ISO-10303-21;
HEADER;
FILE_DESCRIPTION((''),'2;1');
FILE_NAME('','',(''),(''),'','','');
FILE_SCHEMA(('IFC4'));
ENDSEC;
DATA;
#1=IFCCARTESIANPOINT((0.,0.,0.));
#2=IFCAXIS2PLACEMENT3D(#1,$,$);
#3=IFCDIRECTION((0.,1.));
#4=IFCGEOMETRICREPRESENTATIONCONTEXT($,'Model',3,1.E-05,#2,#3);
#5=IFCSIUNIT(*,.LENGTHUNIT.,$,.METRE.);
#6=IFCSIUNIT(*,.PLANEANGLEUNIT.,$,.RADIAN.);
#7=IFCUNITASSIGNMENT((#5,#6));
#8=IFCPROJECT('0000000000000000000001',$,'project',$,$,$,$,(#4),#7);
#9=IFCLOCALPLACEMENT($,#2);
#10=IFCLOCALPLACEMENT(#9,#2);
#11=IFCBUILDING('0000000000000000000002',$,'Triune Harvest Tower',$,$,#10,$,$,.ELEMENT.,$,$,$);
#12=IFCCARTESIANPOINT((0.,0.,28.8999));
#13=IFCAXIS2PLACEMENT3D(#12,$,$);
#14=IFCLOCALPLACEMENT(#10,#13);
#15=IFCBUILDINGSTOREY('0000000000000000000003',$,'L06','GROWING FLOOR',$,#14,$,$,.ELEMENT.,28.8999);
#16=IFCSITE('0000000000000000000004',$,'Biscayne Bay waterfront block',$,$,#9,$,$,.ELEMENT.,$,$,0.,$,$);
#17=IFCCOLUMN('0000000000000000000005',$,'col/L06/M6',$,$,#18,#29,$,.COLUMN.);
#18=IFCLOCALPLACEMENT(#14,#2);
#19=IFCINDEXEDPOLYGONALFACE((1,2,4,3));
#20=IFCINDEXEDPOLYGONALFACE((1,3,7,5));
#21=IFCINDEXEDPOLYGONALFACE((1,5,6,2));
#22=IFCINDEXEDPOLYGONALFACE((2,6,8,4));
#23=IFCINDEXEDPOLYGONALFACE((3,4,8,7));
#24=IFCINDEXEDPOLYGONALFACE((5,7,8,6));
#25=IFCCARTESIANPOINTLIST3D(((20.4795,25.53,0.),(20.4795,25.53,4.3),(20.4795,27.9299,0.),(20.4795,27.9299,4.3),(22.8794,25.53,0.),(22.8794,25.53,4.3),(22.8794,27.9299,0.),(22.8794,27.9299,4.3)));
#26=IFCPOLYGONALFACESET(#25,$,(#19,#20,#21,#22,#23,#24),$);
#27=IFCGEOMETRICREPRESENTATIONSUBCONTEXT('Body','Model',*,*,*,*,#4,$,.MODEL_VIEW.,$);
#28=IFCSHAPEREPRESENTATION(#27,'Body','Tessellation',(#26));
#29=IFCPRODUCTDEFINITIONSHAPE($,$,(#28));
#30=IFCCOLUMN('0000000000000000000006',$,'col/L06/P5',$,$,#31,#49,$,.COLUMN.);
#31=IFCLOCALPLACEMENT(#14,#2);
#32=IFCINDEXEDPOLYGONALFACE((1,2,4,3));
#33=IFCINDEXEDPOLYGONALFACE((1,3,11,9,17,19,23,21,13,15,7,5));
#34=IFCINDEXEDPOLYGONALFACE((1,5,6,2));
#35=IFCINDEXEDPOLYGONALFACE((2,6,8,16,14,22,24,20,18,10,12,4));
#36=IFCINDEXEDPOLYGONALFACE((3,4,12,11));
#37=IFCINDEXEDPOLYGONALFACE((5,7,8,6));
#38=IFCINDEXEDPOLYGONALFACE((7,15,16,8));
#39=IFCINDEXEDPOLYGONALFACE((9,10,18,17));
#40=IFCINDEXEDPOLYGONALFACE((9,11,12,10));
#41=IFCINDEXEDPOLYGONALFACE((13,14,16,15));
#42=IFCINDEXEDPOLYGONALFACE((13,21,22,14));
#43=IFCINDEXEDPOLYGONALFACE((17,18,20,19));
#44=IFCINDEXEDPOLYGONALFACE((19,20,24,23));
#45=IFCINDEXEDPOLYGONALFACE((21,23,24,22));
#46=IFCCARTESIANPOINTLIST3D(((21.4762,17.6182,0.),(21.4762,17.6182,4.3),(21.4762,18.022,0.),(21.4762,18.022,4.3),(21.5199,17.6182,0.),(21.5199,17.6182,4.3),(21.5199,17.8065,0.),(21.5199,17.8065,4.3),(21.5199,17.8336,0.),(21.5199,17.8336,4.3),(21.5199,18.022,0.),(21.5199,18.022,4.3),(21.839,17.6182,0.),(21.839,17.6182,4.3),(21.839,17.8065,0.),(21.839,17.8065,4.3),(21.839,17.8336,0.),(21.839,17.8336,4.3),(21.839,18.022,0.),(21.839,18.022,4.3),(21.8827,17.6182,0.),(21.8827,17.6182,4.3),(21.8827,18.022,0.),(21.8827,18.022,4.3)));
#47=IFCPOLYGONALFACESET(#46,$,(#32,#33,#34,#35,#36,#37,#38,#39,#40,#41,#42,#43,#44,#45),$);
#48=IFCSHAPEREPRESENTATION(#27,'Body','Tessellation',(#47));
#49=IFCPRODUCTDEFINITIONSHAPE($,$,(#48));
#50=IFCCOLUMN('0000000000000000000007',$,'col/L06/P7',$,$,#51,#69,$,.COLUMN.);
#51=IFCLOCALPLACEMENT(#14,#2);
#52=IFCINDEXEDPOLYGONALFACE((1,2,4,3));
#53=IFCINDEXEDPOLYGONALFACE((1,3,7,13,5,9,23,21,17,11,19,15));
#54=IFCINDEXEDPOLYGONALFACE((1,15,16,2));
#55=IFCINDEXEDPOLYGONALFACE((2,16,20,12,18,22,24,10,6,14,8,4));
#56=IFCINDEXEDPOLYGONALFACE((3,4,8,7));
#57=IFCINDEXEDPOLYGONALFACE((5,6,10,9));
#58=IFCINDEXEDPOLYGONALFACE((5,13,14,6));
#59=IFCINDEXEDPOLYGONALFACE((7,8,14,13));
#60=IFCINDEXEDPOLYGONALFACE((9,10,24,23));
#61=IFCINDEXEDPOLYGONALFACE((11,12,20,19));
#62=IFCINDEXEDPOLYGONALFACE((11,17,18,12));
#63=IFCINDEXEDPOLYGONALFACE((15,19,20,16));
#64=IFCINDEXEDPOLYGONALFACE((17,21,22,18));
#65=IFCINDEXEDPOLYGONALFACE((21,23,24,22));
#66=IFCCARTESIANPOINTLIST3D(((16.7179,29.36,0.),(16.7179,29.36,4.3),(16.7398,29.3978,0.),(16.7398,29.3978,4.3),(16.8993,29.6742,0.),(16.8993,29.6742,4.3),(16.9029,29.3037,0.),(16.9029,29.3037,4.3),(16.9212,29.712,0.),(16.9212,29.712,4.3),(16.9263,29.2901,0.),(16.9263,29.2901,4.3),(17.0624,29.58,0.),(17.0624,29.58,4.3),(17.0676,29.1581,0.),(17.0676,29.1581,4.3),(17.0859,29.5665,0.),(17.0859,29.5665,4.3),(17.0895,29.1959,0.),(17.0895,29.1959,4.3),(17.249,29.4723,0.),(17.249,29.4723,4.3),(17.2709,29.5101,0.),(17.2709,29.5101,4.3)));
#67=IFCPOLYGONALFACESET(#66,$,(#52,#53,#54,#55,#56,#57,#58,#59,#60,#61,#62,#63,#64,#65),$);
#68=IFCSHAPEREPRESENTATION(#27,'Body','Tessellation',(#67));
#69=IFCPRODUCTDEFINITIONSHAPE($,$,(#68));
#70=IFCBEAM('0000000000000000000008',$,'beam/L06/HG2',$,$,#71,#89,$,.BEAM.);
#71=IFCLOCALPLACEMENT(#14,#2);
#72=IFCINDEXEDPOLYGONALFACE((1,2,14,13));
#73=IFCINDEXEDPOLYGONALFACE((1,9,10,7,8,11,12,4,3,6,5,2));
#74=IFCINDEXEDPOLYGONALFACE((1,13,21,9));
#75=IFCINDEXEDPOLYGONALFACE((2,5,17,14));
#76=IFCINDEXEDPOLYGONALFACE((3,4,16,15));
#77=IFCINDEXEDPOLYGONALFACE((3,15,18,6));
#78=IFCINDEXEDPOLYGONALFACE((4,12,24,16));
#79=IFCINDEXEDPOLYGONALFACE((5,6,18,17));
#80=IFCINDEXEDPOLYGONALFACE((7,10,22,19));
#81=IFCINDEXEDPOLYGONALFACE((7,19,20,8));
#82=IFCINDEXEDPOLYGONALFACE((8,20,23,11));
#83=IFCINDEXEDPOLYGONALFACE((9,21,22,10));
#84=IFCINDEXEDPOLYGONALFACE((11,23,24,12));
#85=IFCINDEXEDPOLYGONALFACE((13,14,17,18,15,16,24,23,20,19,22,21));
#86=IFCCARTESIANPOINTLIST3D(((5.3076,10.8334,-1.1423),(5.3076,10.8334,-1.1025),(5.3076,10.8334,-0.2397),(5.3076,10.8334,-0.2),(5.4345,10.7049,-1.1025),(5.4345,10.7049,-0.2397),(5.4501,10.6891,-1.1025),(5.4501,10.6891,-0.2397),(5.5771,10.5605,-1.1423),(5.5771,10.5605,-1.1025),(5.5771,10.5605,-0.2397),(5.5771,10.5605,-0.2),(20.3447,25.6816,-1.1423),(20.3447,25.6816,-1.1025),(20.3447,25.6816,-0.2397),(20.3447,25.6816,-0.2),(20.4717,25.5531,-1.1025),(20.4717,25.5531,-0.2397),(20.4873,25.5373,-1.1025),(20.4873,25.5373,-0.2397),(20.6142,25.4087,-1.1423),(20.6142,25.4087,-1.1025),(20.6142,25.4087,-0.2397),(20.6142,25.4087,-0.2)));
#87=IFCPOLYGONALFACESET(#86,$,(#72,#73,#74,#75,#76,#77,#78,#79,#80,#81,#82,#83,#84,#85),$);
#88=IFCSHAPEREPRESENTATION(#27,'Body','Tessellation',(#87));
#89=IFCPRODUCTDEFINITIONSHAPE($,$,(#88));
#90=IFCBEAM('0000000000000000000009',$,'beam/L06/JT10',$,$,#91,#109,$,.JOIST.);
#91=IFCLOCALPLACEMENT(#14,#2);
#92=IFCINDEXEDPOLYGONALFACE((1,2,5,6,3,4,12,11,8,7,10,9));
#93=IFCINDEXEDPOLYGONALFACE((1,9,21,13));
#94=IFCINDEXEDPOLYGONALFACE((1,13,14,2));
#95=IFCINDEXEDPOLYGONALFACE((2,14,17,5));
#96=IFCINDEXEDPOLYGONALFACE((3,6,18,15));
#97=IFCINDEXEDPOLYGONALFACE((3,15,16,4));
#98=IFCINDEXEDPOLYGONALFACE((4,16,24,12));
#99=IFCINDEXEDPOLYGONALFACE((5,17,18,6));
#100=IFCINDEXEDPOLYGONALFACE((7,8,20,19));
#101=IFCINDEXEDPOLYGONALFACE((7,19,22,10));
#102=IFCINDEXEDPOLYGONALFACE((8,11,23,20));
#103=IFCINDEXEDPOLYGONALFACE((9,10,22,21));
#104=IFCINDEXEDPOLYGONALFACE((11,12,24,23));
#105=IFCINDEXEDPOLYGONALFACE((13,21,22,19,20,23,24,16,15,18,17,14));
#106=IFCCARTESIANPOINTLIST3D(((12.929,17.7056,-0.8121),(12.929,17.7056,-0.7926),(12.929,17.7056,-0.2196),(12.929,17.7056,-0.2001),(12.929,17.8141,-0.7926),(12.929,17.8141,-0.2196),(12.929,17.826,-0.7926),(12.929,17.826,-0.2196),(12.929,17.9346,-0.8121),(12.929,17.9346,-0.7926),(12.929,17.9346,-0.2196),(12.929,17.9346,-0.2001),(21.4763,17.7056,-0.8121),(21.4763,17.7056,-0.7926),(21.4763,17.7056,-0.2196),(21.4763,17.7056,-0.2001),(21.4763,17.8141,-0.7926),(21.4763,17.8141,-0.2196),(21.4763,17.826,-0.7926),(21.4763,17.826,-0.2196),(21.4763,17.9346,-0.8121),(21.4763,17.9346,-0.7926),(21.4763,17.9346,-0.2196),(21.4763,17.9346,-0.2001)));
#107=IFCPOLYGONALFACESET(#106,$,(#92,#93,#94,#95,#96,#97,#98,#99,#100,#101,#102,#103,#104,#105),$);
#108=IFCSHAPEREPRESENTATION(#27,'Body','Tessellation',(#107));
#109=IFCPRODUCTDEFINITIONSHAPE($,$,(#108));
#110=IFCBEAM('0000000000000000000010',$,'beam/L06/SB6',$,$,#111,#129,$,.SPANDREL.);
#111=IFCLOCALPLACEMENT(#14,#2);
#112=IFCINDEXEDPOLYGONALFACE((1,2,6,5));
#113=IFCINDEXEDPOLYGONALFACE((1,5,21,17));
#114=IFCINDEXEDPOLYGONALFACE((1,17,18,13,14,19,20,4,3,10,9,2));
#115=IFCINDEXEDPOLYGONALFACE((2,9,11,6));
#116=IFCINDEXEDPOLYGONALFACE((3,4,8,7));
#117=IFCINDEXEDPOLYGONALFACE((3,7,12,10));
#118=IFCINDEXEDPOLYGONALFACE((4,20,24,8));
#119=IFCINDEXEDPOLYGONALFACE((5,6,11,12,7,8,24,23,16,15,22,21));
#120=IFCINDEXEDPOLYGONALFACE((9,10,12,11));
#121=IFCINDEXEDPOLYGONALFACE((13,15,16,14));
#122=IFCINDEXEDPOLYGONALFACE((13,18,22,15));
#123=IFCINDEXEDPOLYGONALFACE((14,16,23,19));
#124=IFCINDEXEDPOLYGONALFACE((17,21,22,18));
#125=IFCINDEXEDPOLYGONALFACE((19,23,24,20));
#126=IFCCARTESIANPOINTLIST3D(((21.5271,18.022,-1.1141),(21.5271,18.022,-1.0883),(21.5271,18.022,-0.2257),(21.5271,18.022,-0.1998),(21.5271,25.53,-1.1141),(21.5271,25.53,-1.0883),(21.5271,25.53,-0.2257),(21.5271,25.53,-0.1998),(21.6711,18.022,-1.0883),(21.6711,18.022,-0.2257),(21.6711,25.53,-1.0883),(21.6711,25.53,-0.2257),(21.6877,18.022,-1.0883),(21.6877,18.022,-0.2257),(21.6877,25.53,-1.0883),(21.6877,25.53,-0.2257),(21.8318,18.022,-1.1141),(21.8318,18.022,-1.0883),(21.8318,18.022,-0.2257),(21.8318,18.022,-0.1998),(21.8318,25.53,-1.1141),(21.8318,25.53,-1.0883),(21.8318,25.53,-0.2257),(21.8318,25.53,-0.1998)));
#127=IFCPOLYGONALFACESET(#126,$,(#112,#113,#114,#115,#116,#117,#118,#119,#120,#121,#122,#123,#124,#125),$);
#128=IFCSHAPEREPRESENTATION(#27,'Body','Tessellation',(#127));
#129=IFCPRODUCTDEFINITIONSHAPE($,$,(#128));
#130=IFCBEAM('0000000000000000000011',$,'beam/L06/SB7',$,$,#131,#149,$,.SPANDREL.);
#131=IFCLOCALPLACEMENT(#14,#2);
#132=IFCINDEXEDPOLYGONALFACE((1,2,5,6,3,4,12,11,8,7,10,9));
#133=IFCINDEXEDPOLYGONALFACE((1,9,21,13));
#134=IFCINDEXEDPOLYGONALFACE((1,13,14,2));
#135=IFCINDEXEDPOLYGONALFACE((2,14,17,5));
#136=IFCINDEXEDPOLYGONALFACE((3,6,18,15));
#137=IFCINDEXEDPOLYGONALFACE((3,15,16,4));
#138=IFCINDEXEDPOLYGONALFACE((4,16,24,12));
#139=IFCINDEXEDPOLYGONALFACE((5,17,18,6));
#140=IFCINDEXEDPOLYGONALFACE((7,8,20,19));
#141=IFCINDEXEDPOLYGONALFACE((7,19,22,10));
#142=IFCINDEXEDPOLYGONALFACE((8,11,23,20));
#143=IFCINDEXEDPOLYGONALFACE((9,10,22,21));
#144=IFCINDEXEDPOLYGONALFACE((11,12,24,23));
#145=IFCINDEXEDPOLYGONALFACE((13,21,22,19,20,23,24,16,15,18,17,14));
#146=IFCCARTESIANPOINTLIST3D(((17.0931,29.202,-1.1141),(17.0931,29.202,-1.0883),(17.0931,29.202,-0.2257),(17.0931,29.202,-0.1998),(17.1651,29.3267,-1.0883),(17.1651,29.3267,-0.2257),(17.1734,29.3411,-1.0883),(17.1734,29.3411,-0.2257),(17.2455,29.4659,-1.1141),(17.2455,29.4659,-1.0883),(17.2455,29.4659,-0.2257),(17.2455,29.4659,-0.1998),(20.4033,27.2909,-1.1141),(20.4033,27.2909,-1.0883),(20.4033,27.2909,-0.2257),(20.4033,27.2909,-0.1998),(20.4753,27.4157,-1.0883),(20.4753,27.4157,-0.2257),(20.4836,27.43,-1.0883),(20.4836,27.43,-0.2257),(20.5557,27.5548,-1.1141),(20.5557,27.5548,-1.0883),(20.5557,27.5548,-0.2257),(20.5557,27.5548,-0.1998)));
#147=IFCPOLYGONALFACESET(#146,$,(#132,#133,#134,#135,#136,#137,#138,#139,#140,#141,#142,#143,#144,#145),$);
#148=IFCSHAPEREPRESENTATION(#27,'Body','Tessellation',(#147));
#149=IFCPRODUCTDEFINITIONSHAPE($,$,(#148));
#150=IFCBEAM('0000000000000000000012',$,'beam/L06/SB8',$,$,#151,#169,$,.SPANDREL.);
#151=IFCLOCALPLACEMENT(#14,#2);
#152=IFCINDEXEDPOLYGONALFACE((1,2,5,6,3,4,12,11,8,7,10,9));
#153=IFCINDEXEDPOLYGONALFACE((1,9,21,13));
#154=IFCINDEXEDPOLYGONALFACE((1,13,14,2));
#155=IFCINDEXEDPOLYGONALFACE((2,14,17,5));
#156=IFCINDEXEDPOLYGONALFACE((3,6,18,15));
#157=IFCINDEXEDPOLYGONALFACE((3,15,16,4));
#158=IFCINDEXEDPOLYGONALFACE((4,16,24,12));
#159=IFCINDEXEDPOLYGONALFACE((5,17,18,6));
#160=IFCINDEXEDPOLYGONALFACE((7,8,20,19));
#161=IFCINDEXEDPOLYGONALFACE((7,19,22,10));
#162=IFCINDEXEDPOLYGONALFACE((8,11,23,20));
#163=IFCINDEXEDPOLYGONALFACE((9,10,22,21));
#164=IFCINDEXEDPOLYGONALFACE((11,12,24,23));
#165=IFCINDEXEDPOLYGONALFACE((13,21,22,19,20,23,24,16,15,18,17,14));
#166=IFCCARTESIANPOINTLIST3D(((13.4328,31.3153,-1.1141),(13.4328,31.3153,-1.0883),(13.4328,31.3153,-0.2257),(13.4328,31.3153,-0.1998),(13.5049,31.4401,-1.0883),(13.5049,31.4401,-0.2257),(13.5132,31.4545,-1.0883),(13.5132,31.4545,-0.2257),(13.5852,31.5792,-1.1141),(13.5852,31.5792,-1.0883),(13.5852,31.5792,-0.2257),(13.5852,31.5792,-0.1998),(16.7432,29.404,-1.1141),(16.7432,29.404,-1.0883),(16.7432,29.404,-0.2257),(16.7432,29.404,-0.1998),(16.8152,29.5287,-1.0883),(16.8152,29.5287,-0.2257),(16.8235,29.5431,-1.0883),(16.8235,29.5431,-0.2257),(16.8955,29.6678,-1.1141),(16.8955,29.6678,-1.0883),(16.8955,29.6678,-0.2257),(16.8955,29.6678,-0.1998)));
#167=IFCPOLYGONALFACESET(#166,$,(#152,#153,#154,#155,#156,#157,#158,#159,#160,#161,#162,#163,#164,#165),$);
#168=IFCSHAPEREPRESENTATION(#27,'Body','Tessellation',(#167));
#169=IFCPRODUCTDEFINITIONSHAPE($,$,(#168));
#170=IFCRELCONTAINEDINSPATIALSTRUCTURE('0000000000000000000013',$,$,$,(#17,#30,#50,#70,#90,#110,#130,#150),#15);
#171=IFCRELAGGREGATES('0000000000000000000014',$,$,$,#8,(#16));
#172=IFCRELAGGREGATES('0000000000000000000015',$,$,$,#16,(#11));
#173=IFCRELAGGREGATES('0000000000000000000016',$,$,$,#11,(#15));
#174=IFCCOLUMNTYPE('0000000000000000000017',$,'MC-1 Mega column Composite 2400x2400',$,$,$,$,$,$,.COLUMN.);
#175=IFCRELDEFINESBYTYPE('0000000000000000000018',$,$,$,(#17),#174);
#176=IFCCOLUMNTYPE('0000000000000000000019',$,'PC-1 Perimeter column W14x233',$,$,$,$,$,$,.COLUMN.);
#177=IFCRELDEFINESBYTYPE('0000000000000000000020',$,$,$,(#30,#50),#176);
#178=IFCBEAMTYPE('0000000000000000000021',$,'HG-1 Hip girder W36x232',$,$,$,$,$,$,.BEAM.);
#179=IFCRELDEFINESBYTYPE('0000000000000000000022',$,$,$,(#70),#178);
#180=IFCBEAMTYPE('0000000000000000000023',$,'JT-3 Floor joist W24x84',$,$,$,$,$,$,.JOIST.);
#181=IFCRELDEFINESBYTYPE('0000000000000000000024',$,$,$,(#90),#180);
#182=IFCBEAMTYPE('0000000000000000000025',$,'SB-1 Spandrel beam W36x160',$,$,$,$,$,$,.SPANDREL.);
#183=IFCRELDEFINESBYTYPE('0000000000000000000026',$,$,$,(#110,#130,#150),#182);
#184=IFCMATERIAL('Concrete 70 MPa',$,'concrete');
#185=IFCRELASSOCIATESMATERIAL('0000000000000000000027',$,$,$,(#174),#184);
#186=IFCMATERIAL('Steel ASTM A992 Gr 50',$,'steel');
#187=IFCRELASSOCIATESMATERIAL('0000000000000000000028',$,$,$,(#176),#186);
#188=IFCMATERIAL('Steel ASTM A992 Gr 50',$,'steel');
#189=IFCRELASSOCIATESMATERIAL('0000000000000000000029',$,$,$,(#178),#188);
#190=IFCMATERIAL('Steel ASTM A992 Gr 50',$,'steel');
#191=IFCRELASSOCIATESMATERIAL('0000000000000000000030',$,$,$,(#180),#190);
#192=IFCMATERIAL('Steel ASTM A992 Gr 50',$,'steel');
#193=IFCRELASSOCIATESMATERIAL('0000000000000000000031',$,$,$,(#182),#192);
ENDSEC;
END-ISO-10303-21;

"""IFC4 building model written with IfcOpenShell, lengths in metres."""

from ifc_helpers import new_model, si_unit, direction, frame, origin, origin_2d, place, context, subcontext, project, spatial, rectangle, i_section, extrude, source, transform, mapped, material, material_profile, profile_set, type_object, element, save


model = new_model("IFC4")

# Units and contexts
model_context = context("Model", 3, precision=1e-05, world=origin(), true_north=direction((0.0, 1.0)))
body_context = subcontext(model_context, "Body", "Model", "MODEL_VIEW")
ifc_project = project(units=[si_unit("LENGTHUNIT", "METRE"), si_unit("PLANEANGLEUNIT", "RADIAN")], contexts=[model_context])

# Site, building, storey
site_placement = place(None, origin())
site = spatial("IfcSite", under=ifc_project, at=site_placement, Name="Biscayne Bay waterfront block", CompositionType="ELEMENT", RefElevation=0.0)
building_placement = place(site_placement, origin())
building = spatial("IfcBuilding", under=site, at=building_placement, Name="Triune Harvest Tower", CompositionType="ELEMENT")
storey_placement = place(building_placement, frame((0.0, 0.0, 28.8999)))
storey = spatial("IfcBuildingStorey", under=building, at=storey_placement, Name="L06", Description="GROWING FLOOR", CompositionType="ELEMENT", Elevation=28.8999)

# Columns
ifc_material_1 = material(Name="Concrete 70 MPa", Category="concrete")
ifc_material_profile_1 = material_profile(ifc_material_1, rectangle(XDim=2.3999, YDim=2.3999, at=origin_2d()), Name="Composite 2400x2400")
ifc_profile_set_1 = profile_set([ifc_material_profile_1], Name="Concrete 70 MPa")
column_type_1 = type_object("IfcColumnType", Name="MC-1 Mega column Composite 2400x2400", PredefinedType="COLUMN", material=ifc_profile_set_1)
shared_shape_1 = source(origin(), body_context, "Body", "SweptSolid", [
    extrude(rectangle(XDim=2.3999, YDim=2.3999, at=origin_2d()), origin(), (0.0, 0.0, 1.0), 4.3),
])
column_placement = place(storey_placement, frame((21.6794, 26.73, 0.0), z_axis=(0.0, 0.0, 1.0), x_axis=(0.0, 1.0, 0.0)))
element("IfcColumn", 1, at=column_placement, inside=storey, type_object=column_type_1, Name="col/L06/M6", PredefinedType="COLUMN", context=body_context, shape_type="MappedRepresentation", body=[
    mapped(shared_shape_1, transform((0.0, 0.0, 0.0), scale=1.0)),
])
ifc_material_2 = material(Name="Steel ASTM A992 Gr 50", Category="steel")
ifc_material_profile_2 = material_profile(ifc_material_2, i_section(OverallWidth=0.4038, OverallDepth=0.4065, WebThickness=0.0271, FlangeThickness=0.0437, at=origin_2d()), Name="W14x233")
ifc_profile_set_2 = profile_set([ifc_material_profile_2], Name="Steel ASTM A992 Gr 50")
column_type_2 = type_object("IfcColumnType", Name="PC-1 Perimeter column W14x233", PredefinedType="COLUMN", material=ifc_profile_set_2)
shared_shape_2 = source(origin(), body_context, "Body", "SweptSolid", [
    extrude(i_section(OverallWidth=0.4038, OverallDepth=0.4065, WebThickness=0.0271, FlangeThickness=0.0437, at=origin_2d()), origin(), (0.0, 0.0, 1.0), 4.3),
])
for number, where, z_axis, x_axis, name in (
    (2, (21.6794, 17.8201, 0.0), (0.0, 0.0, 1.0), (0.0, 1.0, 0.0), "col/L06/P5"),
    (3, (16.9944, 29.4351, 0.0), (0.0, 0.0, 1.0), (-0.866026, 0.499998, 0.0), "col/L06/P7"),
):
    element("IfcColumn", number, at=place(storey_placement, frame(where, z_axis=z_axis, x_axis=x_axis)), inside=storey, type_object=column_type_2, Name=name, PredefinedType="COLUMN", context=body_context, shape_type="MappedRepresentation", body=[
        mapped(shared_shape_2, transform((0.0, 0.0, 0.0), scale=1.0)),
    ])

# Beams
ifc_material_3 = material(Name="Steel ASTM A992 Gr 50", Category="steel")
ifc_material_profile_3 = material_profile(ifc_material_3, i_section(OverallWidth=0.3835, OverallDepth=0.9424, WebThickness=0.0222, FlangeThickness=0.0398, at=origin_2d()), Name="W36x232")
ifc_profile_set_3 = profile_set([ifc_material_profile_3], Name="Steel ASTM A992 Gr 50")
beam_type_1 = type_object("IfcBeamType", Name="HG-1 Hip girder W36x232", PredefinedType="BEAM", material=ifc_profile_set_3)
shared_shape_3 = source(origin(), body_context, "Body", "SweptSolid", [
    extrude(i_section(OverallWidth=0.3835, OverallDepth=0.9424, WebThickness=0.0222, FlangeThickness=0.0398, at=origin_2d()), origin(), (0.0, 0.0, 1.0), 21.1326),
])
beam_1_placement = place(storey_placement, frame((20.4795, 25.5452, -0.6711), z_axis=(-0.711564, -0.702622, 0.0), x_axis=(0.702622, -0.711564, 0.0)))
element("IfcBeam", 4, at=beam_1_placement, inside=storey, type_object=beam_type_1, Name="beam/L06/HG2", PredefinedType="BEAM", context=body_context, shape_type="MappedRepresentation", body=[
    mapped(shared_shape_3, transform((0.0, 0.0, 0.0), scale=1.0)),
])
ifc_material_4 = material(Name="Steel ASTM A992 Gr 50", Category="steel")
ifc_material_profile_4 = material_profile(ifc_material_4, i_section(OverallWidth=0.229, OverallDepth=0.6121, WebThickness=0.012, FlangeThickness=0.0195, at=origin_2d()), Name="W24x84")
ifc_profile_set_4 = profile_set([ifc_material_profile_4], Name="Steel ASTM A992 Gr 50")
beam_type_2 = type_object("IfcBeamType", Name="JT-3 Floor joist W24x84", PredefinedType="JOIST", material=ifc_profile_set_4)
shared_shape_4 = source(origin(), body_context, "Body", "SweptSolid", [
    extrude(i_section(OverallWidth=0.229, OverallDepth=0.6121, WebThickness=0.012, FlangeThickness=0.0195, at=origin_2d()), origin(), (0.0, 0.0, 1.0), 8.5474),
])
beam_2_placement = place(storey_placement, frame((21.4763, 17.8201, -0.5061), z_axis=(-1.0, 0.0, 0.0), x_axis=(0.0, -1.0, 0.0)))
element("IfcBeam", 5, at=beam_2_placement, inside=storey, type_object=beam_type_2, Name="beam/L06/JT10", PredefinedType="JOIST", context=body_context, shape_type="MappedRepresentation", body=[
    mapped(shared_shape_4, transform((0.0, 0.0, 0.0), scale=1.0)),
])
ifc_material_5 = material(Name="Steel ASTM A992 Gr 50", Category="steel")
ifc_material_profile_5 = material_profile(ifc_material_5, i_section(OverallWidth=0.3047, OverallDepth=0.9143, WebThickness=0.0166, FlangeThickness=0.0259, at=origin_2d()), Name="W36x160")
ifc_profile_set_5 = profile_set([ifc_material_profile_5], Name="Steel ASTM A992 Gr 50")
beam_type_3 = type_object("IfcBeamType", Name="SB-1 Spandrel beam W36x160", PredefinedType="SPANDREL", material=ifc_profile_set_5)
shared_shape_5 = source(origin(), body_context, "Body", "SweptSolid", [
    extrude(i_section(OverallWidth=0.3047, OverallDepth=0.9143, WebThickness=0.0166, FlangeThickness=0.0259, at=origin_2d()), origin(), (0.0, 0.0, 1.0), 7.5081),
])
beam_3_placement = place(storey_placement, frame((21.6794, 18.022, -0.657), z_axis=(0.0, 1.0, 0.0), x_axis=(-1.0, 0.0, 0.0)))
element("IfcBeam", 6, at=beam_3_placement, inside=storey, type_object=beam_type_3, Name="beam/L06/SB6", PredefinedType="SPANDREL", context=body_context, shape_type="MappedRepresentation", body=[
    mapped(shared_shape_5, transform((0.0, 0.0, 0.0), scale=1.0)),
])
shared_shape_6 = source(origin(), body_context, "Body", "SweptSolid", [
    extrude(i_section(OverallWidth=0.3047, OverallDepth=0.9143, WebThickness=0.0166, FlangeThickness=0.0259, at=origin_2d()), origin(), (0.0, 0.0, 1.0), 3.8223),
])
beam_4_placement = place(storey_placement, frame((20.4795, 27.4229, -0.657), z_axis=(-0.866033, 0.499986, 0.0), x_axis=(-0.499986, -0.866033, 0.0)))
element("IfcBeam", 7, at=beam_4_placement, inside=storey, type_object=beam_type_3, Name="beam/L06/SB7", PredefinedType="SPANDREL", context=body_context, shape_type="MappedRepresentation", body=[
    mapped(shared_shape_6, transform((0.0, 0.0, 0.0), scale=1.0)),
])
shared_shape_7 = source(origin(), body_context, "Body", "SweptSolid", [
    extrude(i_section(OverallWidth=0.3047, OverallDepth=0.9143, WebThickness=0.0166, FlangeThickness=0.0259, at=origin_2d()), origin(), (0.0, 0.0, 1.0), 3.8225),
])
beam_5_placement = place(storey_placement, frame((16.8193, 29.5359, -0.657), z_axis=(-0.866006, 0.500034, 0.0), x_axis=(-0.500034, -0.866006, 0.0)))
element("IfcBeam", 8, at=beam_5_placement, inside=storey, type_object=beam_type_3, Name="beam/L06/SB8", PredefinedType="SPANDREL", context=body_context, shape_type="MappedRepresentation", body=[
    mapped(shared_shape_7, transform((0.0, 0.0, 0.0), scale=1.0)),
])

save(model, "model.ifc")
